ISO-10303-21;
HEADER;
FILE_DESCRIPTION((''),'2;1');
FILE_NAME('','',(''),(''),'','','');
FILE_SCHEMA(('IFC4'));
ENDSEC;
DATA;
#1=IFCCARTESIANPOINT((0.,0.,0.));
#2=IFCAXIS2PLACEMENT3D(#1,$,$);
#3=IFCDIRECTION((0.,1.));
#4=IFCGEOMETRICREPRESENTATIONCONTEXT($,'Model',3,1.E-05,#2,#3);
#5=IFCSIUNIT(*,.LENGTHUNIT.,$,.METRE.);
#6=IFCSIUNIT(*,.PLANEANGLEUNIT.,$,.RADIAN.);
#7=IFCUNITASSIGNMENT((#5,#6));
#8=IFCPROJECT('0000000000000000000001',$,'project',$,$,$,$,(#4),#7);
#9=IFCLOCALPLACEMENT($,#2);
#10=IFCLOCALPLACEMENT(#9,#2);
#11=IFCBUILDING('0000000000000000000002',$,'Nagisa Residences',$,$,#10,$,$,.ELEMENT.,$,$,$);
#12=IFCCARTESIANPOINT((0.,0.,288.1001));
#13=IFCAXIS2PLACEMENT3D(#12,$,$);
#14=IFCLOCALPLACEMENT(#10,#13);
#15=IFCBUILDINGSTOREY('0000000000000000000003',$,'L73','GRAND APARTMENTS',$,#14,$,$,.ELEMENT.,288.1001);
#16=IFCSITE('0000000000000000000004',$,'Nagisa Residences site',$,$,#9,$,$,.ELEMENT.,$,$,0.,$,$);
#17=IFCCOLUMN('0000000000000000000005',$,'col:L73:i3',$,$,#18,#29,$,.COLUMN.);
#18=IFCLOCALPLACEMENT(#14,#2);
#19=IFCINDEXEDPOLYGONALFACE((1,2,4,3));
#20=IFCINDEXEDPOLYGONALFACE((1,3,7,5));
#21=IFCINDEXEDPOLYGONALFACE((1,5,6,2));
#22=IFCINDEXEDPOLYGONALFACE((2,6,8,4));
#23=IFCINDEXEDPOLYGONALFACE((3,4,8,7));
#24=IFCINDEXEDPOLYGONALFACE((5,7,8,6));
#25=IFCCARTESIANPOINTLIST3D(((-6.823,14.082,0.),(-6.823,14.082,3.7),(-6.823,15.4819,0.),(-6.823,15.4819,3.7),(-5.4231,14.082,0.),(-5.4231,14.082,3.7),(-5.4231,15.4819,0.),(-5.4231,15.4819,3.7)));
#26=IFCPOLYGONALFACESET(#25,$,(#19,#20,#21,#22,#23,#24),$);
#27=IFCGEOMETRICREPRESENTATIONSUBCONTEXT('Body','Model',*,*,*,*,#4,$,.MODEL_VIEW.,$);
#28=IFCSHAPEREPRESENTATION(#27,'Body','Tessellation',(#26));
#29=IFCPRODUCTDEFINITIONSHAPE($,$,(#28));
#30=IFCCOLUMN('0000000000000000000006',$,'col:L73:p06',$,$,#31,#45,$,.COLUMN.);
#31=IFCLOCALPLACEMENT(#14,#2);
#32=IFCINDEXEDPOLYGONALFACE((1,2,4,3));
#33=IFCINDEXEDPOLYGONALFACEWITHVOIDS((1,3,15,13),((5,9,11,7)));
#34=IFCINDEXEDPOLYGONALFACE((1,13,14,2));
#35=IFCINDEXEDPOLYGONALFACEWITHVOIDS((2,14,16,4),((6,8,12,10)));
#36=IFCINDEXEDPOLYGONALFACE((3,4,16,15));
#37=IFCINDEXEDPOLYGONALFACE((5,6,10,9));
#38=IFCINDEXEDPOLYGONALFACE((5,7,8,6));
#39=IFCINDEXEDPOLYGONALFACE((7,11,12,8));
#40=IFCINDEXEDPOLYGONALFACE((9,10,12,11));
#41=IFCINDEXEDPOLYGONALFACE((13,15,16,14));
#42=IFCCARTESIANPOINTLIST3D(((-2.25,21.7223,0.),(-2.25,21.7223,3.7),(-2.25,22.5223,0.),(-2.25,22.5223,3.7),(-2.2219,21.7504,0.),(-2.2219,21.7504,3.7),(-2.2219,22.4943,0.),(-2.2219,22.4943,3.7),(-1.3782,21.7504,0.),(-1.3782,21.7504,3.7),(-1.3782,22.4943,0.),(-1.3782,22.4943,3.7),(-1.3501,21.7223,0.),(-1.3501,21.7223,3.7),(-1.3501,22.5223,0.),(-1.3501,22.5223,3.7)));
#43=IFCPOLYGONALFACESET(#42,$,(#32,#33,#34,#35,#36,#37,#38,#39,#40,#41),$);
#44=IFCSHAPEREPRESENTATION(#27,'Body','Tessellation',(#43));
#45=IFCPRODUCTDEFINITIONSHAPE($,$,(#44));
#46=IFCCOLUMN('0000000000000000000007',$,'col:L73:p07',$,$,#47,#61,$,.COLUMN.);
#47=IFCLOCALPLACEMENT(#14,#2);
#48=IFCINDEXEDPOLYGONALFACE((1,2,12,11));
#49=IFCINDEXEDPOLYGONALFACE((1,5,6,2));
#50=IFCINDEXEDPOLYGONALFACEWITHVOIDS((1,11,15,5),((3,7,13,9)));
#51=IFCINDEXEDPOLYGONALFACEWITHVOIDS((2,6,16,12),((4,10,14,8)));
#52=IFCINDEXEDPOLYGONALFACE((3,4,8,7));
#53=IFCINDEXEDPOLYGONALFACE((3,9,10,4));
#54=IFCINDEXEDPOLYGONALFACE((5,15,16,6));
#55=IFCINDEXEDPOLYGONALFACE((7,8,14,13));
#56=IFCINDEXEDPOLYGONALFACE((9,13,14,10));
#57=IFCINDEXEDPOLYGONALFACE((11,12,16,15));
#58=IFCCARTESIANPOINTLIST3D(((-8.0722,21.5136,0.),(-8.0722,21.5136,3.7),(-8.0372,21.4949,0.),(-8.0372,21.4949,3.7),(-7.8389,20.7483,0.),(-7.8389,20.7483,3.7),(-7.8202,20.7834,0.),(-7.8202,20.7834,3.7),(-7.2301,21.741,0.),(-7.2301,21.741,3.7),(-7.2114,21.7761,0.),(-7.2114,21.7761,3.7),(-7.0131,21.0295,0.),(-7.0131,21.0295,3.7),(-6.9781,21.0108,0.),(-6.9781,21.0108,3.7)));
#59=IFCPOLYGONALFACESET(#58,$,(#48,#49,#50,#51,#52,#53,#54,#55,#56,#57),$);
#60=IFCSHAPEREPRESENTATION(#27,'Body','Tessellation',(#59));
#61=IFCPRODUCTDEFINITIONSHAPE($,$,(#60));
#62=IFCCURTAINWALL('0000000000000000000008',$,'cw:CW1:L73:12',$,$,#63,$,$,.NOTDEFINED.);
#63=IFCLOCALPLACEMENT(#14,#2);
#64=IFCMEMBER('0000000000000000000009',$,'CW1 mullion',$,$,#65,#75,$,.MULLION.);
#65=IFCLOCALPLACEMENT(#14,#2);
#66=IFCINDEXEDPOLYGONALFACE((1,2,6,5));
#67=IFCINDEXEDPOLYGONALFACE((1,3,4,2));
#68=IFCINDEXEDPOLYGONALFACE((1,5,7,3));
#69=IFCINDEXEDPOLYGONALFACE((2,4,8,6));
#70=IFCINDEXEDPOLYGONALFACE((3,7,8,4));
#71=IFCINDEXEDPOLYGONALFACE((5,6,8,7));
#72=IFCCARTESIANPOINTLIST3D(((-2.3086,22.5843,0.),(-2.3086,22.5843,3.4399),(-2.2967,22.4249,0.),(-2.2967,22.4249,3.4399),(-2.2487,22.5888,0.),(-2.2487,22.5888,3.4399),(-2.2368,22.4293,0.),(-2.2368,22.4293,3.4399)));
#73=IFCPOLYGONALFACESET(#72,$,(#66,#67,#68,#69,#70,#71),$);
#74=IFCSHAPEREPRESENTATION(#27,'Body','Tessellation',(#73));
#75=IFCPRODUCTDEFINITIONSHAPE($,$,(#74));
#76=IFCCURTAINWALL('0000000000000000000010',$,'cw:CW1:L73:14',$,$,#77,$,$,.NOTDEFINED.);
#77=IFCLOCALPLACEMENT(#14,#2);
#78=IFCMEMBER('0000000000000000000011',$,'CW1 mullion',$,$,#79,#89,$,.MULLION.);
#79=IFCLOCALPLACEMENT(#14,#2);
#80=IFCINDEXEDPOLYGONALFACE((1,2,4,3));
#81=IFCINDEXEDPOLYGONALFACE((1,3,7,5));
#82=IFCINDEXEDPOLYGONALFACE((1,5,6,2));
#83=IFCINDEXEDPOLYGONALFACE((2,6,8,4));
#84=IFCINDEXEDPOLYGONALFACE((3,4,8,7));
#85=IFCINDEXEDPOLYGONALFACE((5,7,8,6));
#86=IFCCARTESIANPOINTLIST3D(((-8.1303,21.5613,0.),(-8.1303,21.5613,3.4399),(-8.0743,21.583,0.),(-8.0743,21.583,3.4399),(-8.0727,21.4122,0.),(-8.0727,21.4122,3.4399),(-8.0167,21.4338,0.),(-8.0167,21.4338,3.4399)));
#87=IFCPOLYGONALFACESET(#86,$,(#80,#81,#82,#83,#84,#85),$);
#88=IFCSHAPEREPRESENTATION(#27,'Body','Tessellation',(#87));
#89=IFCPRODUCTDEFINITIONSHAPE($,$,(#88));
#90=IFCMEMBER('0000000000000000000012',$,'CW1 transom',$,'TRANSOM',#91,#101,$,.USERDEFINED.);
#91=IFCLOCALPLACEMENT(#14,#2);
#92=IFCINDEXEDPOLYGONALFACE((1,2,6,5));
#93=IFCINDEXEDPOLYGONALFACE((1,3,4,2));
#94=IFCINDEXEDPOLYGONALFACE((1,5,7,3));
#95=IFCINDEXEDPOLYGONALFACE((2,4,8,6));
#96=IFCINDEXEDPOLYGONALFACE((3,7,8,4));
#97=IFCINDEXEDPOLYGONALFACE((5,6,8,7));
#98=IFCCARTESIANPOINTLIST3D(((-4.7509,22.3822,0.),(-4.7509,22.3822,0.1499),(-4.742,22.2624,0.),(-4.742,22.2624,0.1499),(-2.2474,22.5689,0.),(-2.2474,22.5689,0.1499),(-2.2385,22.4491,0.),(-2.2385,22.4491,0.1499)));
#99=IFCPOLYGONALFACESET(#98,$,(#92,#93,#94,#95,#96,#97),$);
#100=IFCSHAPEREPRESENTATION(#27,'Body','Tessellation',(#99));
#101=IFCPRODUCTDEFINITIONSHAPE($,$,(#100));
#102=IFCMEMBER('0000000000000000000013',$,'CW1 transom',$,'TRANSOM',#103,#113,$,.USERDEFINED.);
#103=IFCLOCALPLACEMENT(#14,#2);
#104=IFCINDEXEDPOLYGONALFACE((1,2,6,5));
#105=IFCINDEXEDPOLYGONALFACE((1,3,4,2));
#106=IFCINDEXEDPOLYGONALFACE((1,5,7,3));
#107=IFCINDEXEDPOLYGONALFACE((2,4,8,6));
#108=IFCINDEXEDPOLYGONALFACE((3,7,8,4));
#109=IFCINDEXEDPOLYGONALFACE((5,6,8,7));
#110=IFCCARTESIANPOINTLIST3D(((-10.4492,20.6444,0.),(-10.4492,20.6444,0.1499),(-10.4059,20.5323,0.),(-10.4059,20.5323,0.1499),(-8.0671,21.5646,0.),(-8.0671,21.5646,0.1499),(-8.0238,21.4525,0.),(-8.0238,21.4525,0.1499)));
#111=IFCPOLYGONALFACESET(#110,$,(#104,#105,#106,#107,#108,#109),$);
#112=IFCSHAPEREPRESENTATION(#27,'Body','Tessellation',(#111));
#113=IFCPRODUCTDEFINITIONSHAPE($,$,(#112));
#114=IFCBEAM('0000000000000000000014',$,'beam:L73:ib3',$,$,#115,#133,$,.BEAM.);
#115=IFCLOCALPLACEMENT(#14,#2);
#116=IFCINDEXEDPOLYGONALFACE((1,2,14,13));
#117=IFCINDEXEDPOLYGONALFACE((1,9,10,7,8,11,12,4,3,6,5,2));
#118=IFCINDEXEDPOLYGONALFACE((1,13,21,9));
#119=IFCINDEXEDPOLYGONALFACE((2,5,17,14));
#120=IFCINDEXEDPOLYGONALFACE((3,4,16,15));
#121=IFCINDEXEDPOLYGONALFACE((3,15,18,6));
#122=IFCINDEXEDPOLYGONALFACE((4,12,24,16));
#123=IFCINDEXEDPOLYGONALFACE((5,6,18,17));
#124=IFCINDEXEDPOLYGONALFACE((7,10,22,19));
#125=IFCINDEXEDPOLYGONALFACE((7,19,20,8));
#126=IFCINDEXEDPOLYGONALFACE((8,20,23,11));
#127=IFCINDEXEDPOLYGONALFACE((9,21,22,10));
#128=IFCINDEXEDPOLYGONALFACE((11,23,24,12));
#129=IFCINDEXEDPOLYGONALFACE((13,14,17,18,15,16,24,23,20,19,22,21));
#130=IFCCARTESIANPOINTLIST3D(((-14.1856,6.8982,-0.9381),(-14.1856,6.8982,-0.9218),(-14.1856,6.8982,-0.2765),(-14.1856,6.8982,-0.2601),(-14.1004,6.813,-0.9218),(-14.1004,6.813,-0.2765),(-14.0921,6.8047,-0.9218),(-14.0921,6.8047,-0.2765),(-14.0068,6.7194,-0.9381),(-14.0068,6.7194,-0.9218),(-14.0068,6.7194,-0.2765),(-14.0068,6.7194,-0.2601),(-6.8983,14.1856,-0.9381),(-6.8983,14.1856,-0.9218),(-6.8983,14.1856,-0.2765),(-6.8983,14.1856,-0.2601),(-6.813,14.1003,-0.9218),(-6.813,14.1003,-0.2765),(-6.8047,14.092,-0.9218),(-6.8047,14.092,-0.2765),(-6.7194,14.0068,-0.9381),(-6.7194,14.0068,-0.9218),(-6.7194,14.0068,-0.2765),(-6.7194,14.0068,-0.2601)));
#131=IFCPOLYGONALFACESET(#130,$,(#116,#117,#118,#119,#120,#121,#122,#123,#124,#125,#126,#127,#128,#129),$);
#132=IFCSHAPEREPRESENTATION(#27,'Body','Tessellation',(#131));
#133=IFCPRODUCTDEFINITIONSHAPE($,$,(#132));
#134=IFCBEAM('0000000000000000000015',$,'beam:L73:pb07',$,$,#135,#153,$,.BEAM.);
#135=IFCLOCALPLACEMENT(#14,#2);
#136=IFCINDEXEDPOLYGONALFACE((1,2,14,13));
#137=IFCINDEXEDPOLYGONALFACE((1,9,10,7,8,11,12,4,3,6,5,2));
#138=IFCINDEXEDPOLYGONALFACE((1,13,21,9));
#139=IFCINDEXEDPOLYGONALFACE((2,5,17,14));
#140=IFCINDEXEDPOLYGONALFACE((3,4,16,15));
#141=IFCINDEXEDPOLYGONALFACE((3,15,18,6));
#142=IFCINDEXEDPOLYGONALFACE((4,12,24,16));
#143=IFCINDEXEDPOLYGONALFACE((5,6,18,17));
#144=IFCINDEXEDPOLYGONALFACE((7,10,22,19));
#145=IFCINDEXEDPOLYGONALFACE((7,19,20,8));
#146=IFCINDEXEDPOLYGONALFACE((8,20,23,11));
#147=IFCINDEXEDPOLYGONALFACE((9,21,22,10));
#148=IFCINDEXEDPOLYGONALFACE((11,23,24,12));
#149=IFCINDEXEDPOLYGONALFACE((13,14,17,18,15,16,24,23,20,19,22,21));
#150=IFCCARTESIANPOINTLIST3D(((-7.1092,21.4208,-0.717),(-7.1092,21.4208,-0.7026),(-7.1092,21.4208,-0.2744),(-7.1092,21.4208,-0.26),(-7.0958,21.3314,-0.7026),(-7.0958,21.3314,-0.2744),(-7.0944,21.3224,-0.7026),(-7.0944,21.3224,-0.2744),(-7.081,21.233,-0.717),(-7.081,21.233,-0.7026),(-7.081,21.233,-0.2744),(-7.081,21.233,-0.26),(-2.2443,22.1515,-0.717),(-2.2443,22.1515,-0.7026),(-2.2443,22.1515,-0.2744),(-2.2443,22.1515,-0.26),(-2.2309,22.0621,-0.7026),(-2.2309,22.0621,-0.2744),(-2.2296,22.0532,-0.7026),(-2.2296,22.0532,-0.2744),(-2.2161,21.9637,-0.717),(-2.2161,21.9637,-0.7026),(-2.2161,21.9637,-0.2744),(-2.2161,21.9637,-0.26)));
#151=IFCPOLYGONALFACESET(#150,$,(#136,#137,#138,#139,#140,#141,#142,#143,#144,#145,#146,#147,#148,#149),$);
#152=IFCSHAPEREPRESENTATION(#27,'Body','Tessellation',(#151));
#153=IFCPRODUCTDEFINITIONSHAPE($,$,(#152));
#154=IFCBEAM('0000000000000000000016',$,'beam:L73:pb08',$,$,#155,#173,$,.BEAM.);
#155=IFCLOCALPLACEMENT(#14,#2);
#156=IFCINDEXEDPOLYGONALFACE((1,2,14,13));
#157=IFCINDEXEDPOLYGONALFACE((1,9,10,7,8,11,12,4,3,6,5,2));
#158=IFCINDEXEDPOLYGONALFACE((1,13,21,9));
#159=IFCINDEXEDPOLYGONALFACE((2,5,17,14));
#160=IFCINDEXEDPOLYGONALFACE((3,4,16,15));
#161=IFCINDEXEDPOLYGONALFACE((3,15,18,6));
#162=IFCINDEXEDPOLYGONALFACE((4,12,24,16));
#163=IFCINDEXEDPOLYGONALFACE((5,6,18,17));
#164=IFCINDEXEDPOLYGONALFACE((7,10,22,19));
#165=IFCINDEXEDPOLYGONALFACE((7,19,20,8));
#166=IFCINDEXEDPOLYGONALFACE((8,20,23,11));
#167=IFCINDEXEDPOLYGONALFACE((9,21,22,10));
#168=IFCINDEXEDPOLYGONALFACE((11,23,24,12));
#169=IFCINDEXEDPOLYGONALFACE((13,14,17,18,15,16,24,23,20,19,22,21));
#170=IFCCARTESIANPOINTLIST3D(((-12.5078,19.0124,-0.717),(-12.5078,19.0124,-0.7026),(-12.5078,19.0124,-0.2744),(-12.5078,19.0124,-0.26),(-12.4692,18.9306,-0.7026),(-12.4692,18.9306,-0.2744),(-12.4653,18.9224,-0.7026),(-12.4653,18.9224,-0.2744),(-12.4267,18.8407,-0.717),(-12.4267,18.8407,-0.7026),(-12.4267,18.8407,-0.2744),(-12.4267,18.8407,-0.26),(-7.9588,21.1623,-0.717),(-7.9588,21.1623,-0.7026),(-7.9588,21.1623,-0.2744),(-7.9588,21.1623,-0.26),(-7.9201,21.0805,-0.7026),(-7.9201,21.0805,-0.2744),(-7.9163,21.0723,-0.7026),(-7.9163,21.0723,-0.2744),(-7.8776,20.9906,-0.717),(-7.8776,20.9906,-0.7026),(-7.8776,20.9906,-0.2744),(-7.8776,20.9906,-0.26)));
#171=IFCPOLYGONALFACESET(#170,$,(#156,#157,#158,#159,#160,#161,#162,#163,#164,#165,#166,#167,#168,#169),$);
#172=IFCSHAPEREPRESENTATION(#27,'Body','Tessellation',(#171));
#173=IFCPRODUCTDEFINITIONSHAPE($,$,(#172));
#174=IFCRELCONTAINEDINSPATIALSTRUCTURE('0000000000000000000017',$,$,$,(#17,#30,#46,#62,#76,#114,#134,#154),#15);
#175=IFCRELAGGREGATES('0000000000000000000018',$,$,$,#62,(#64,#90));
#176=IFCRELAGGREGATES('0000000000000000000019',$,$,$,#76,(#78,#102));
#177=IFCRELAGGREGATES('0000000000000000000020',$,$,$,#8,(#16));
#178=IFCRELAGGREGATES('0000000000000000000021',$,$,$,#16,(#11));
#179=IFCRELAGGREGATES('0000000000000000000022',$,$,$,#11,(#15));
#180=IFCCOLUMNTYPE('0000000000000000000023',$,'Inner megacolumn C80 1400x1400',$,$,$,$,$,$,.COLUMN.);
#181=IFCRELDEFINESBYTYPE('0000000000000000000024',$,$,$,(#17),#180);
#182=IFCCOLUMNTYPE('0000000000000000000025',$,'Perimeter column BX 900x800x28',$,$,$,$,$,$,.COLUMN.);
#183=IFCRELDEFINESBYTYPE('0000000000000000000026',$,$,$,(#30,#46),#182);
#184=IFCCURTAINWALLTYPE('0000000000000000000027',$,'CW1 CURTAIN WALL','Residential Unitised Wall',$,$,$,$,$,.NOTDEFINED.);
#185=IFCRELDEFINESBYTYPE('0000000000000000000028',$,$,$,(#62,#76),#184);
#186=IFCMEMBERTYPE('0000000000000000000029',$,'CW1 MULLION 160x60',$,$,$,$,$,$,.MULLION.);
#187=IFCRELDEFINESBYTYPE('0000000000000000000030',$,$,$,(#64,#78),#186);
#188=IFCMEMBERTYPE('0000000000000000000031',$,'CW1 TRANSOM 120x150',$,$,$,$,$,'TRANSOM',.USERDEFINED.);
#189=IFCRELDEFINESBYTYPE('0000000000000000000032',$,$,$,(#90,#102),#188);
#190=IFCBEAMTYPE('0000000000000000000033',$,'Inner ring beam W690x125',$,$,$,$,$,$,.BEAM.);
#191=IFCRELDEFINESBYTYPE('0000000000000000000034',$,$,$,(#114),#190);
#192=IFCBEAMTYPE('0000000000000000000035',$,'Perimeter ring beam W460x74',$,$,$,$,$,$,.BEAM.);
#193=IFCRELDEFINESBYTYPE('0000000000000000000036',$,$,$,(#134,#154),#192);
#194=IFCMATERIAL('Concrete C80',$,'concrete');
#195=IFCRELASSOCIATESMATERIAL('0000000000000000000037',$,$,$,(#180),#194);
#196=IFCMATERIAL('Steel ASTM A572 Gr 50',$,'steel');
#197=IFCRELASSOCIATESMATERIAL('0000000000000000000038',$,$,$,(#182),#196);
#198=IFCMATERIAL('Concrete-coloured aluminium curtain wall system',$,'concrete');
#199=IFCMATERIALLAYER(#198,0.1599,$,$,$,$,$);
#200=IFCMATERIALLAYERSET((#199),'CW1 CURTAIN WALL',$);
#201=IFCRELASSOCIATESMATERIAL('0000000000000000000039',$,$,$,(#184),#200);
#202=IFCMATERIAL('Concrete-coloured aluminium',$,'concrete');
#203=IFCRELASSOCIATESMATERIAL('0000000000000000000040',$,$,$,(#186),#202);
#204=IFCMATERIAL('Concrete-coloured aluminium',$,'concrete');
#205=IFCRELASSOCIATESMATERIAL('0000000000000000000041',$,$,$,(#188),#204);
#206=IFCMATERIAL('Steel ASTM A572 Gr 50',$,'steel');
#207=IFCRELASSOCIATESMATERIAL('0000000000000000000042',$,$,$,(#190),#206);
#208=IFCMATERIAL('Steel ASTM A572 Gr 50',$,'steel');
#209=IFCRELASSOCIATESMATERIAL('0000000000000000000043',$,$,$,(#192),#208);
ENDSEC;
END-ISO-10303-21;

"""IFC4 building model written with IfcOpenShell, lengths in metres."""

from ifc_helpers import new_model, si_unit, direction, frame, origin, origin_2d, place, context, subcontext, project, spatial, rectangle, hollow_rectangle, i_section, extrude, material, layer, layer_set, material_profile, profile_set, type_object, element, aggregate, save


model = new_model("IFC4")

# Units and contexts
model_context = context("Model", 3, precision=1e-05, world=origin(), true_north=direction((0.0, 1.0)))
body_context = subcontext(model_context, "Body", "Model", "MODEL_VIEW")
ifc_project = project(units=[si_unit("LENGTHUNIT", "METRE"), si_unit("PLANEANGLEUNIT", "RADIAN")], contexts=[model_context])

# Site, building, storey
site_placement = place(None, origin())
site = spatial("IfcSite", under=ifc_project, at=site_placement, Name="Nagisa Residences site", CompositionType="ELEMENT", RefElevation=0.0)
building_placement = place(site_placement, origin())
building = spatial("IfcBuilding", under=site, at=building_placement, Name="Nagisa Residences", CompositionType="ELEMENT")
storey_placement = place(building_placement, frame((0.0, 0.0, 288.1001)))
storey = spatial("IfcBuildingStorey", under=building, at=storey_placement, Name="L73", Description="GRAND APARTMENTS", CompositionType="ELEMENT", Elevation=288.1001)

# Columns
ifc_material_1 = material(Name="Concrete C80", Category="concrete")
ifc_material_profile_1 = material_profile(ifc_material_1, rectangle(XDim=1.3999, YDim=1.3999, at=origin_2d()), Name="C80 1400x1400")
ifc_profile_set_1 = profile_set([ifc_material_profile_1], Name="Concrete C80")
column_type_1 = type_object("IfcColumnType", Name="Inner megacolumn C80 1400x1400", PredefinedType="COLUMN", material=ifc_profile_set_1)
column_placement = place(storey_placement, frame((-6.123, 14.782, 0.0), z_axis=(0.0, 0.0, 1.0), x_axis=(1.0, 0.0, 0.0)))
element("IfcColumn", 1, at=column_placement, inside=storey, type_object=column_type_1, Name="col:L73:i3", PredefinedType="COLUMN", context=body_context, shape_type="SweptSolid", body=[
    extrude(rectangle(XDim=1.3999, YDim=1.3999, at=origin_2d()), origin(), (0.0, 0.0, 1.0), 3.7),
])
ifc_material_2 = material(Name="Steel ASTM A572 Gr 50", Category="steel")
ifc_material_profile_2 = material_profile(ifc_material_2, hollow_rectangle(XDim=0.8999, YDim=0.8, WallThickness=0.0281, at=origin_2d()), Name="BX 900x800x28")
ifc_profile_set_2 = profile_set([ifc_material_profile_2], Name="Steel ASTM A572 Gr 50")
column_type_2 = type_object("IfcColumnType", Name="Perimeter column BX 900x800x28", PredefinedType="COLUMN", material=ifc_profile_set_2)
for number, where, z_axis, x_axis, name in (
    (2, (-1.8, 22.1223, 0.0), (0.0, 0.0, 1.0), (-1.0, 0.0, 0.0), "col:L73:p06"),
    (3, (-7.5251, 21.2622, 0.0), (0.0, 0.0, 1.0), (-0.956525, -0.291652, 0.0), "col:L73:p07"),
):
    element("IfcColumn", number, at=place(storey_placement, frame(where, z_axis=z_axis, x_axis=x_axis)), inside=storey, type_object=column_type_2, Name=name, PredefinedType="COLUMN", context=body_context, shape_type="SweptSolid", body=[
        extrude(hollow_rectangle(XDim=0.8999, YDim=0.8, WallThickness=0.0281, at=origin_2d()), origin(), (0.0, 0.0, 1.0), 3.7),
    ])

# Curtain walls, members
ifc_material_3 = material(Name="Concrete-coloured aluminium curtain wall system", Category="concrete")
ifc_layer_1 = layer(ifc_material_3, 0.1599)
ifc_layer_set_1 = layer_set([ifc_layer_1], Name="CW1 CURTAIN WALL")
curtain_wall_type = type_object("IfcCurtainWallType", Name="CW1 CURTAIN WALL", Description="Residential Unitised Wall", PredefinedType="NOTDEFINED", material=ifc_layer_set_1)
curtain_wall_1_placement = place(storey_placement, origin())
curtain_wall_1 = element("IfcCurtainWall", 4, at=curtain_wall_1_placement, inside=storey, type_object=curtain_wall_type, Name="cw:CW1:L73:12", PredefinedType="NOTDEFINED")
ifc_material_4 = material(Name="Concrete-coloured aluminium", Category="concrete")
ifc_material_profile_3 = material_profile(ifc_material_4, rectangle(XDim=0.1599, YDim=0.0601, at=origin_2d()), Name="CW1 MULLION 160x60")
ifc_profile_set_3 = profile_set([ifc_material_profile_3], Name="Concrete-coloured aluminium")
member_type_1 = type_object("IfcMemberType", Name="CW1 MULLION 160x60", PredefinedType="MULLION", material=ifc_profile_set_3)
member_1_placement = place(storey_placement, frame((-2.2727, 22.5068, 0.0), z_axis=(0.0, 0.0, 1.0), x_axis=(0.074377, -0.99723, 0.0)))
member_1 = element("IfcMember", 5, at=member_1_placement, type_object=member_type_1, Name="CW1 mullion", PredefinedType="MULLION", context=body_context, shape_type="SweptSolid", body=[
    extrude(rectangle(XDim=0.1599, YDim=0.0601, at=origin_2d()), origin(), (0.0, 0.0, 1.0), 3.4399),
])
curtain_wall_2_placement = place(storey_placement, origin())
curtain_wall_2 = element("IfcCurtainWall", 6, at=curtain_wall_2_placement, inside=storey, type_object=curtain_wall_type, Name="cw:CW1:L73:14", PredefinedType="NOTDEFINED")
member_2_placement = place(storey_placement, frame((-8.0735, 21.4976, 0.0), z_axis=(0.0, 0.0, 1.0), x_axis=(0.360328, -0.932826, 0.0)))
member_2 = element("IfcMember", 7, at=member_2_placement, type_object=member_type_1, Name="CW1 mullion", PredefinedType="MULLION", context=body_context, shape_type="SweptSolid", body=[
    extrude(rectangle(XDim=0.1599, YDim=0.0601, at=origin_2d()), origin(), (0.0, 0.0, 1.0), 3.4399),
])

# Members
ifc_material_5 = material(Name="Concrete-coloured aluminium", Category="concrete")
ifc_material_profile_4 = material_profile(ifc_material_5, rectangle(XDim=0.1201, YDim=0.1499, at=origin_2d()), Name="CW1 TRANSOM 120x150")
ifc_profile_set_4 = profile_set([ifc_material_profile_4], Name="Concrete-coloured aluminium")
member_type_2 = type_object("IfcMemberType", Name="CW1 TRANSOM 120x150", ElementType="TRANSOM", PredefinedType="USERDEFINED", material=ifc_profile_set_4)
member_3_placement = place(storey_placement, frame((-2.2429, 22.509, 0.075), z_axis=(-0.997229, -0.074391, 0.0), x_axis=(0.074391, -0.997229, 0.0)))
member_3 = element("IfcMember", 8, at=member_3_placement, type_object=member_type_2, Name="CW1 transom", ObjectType="TRANSOM", PredefinedType="USERDEFINED", context=body_context, shape_type="SweptSolid", body=[
    extrude(rectangle(XDim=0.1201, YDim=0.1499, at=origin_2d()), origin(), (0.0, 0.0, 1.0), 2.5105),
])
member_4_placement = place(storey_placement, frame((-8.0454, 21.5085, 0.075), z_axis=(-0.932822, -0.360337, 0.0), x_axis=(0.360337, -0.932822, 0.0)))
member_4 = element("IfcMember", 9, at=member_4_placement, type_object=member_type_2, Name="CW1 transom", ObjectType="TRANSOM", PredefinedType="USERDEFINED", context=body_context, shape_type="SweptSolid", body=[
    extrude(rectangle(XDim=0.1201, YDim=0.1499, at=origin_2d()), origin(), (0.0, 0.0, 1.0), 2.5537),
])

# Beams
ifc_material_6 = material(Name="Steel ASTM A572 Gr 50", Category="steel")
ifc_material_profile_5 = material_profile(ifc_material_6, i_section(OverallWidth=0.2529, OverallDepth=0.678, WebThickness=0.0117, FlangeThickness=0.0164, at=origin_2d()), Name="W690x125")
ifc_profile_set_5 = profile_set([ifc_material_profile_5], Name="Steel ASTM A572 Gr 50")
beam_type_1 = type_object("IfcBeamType", Name="Inner ring beam W690x125", PredefinedType="BEAM", material=ifc_profile_set_5)
beam_1_placement = place(storey_placement, frame((-6.8088, 14.0962, -0.5991), z_axis=(-0.707107, -0.707107, 0.0), x_axis=(0.707107, -0.707107, 0.0)))
element("IfcBeam", 10, at=beam_1_placement, inside=storey, type_object=beam_type_1, Name="beam:L73:ib3", PredefinedType="BEAM", context=body_context, shape_type="SweptSolid", body=[
    extrude(i_section(OverallWidth=0.2529, OverallDepth=0.678, WebThickness=0.0117, FlangeThickness=0.0164, at=origin_2d()), origin(), (0.0, 0.0, 1.0), 10.3059),
])
ifc_material_7 = material(Name="Steel ASTM A572 Gr 50", Category="steel")
ifc_material_profile_6 = material_profile(ifc_material_7, i_section(OverallWidth=0.1899, OverallDepth=0.457, WebThickness=0.009, FlangeThickness=0.0144, at=origin_2d()), Name="W460x74")
ifc_profile_set_6 = profile_set([ifc_material_profile_6], Name="Steel ASTM A572 Gr 50")
beam_type_2 = type_object("IfcBeamType", Name="Perimeter ring beam W460x74", PredefinedType="BEAM", material=ifc_profile_set_6)
beam_2_placement = place(storey_placement, frame((-2.2302, 22.0576, -0.4885), z_axis=(-0.988906, -0.148539, 0.0), x_axis=(0.148539, -0.988906, 0.0)))
element("IfcBeam", 11, at=beam_2_placement, inside=storey, type_object=beam_type_2, Name="beam:L73:pb07", PredefinedType="BEAM", context=body_context, shape_type="SweptSolid", body=[
    extrude(i_section(OverallWidth=0.1899, OverallDepth=0.457, WebThickness=0.009, FlangeThickness=0.0144, at=origin_2d()), origin(), (0.0, 0.0, 1.0), 4.9194),
])
beam_3_placement = place(storey_placement, frame((-7.9182, 21.0764, -0.4885), z_axis=(-0.904116, -0.427287, 0.0), x_axis=(0.427287, -0.904116, 0.0)))
element("IfcBeam", 12, at=beam_3_placement, inside=storey, type_object=beam_type_2, Name="beam:L73:pb08", PredefinedType="BEAM", context=body_context, shape_type="SweptSolid", body=[
    extrude(i_section(OverallWidth=0.1899, OverallDepth=0.457, WebThickness=0.009, FlangeThickness=0.0144, at=origin_2d()), origin(), (0.0, 0.0, 1.0), 5.0315),
])

aggregate(curtain_wall_1, [member_1, member_3])
aggregate(curtain_wall_2, [member_2, member_4])

save(model, "model.ifc")
